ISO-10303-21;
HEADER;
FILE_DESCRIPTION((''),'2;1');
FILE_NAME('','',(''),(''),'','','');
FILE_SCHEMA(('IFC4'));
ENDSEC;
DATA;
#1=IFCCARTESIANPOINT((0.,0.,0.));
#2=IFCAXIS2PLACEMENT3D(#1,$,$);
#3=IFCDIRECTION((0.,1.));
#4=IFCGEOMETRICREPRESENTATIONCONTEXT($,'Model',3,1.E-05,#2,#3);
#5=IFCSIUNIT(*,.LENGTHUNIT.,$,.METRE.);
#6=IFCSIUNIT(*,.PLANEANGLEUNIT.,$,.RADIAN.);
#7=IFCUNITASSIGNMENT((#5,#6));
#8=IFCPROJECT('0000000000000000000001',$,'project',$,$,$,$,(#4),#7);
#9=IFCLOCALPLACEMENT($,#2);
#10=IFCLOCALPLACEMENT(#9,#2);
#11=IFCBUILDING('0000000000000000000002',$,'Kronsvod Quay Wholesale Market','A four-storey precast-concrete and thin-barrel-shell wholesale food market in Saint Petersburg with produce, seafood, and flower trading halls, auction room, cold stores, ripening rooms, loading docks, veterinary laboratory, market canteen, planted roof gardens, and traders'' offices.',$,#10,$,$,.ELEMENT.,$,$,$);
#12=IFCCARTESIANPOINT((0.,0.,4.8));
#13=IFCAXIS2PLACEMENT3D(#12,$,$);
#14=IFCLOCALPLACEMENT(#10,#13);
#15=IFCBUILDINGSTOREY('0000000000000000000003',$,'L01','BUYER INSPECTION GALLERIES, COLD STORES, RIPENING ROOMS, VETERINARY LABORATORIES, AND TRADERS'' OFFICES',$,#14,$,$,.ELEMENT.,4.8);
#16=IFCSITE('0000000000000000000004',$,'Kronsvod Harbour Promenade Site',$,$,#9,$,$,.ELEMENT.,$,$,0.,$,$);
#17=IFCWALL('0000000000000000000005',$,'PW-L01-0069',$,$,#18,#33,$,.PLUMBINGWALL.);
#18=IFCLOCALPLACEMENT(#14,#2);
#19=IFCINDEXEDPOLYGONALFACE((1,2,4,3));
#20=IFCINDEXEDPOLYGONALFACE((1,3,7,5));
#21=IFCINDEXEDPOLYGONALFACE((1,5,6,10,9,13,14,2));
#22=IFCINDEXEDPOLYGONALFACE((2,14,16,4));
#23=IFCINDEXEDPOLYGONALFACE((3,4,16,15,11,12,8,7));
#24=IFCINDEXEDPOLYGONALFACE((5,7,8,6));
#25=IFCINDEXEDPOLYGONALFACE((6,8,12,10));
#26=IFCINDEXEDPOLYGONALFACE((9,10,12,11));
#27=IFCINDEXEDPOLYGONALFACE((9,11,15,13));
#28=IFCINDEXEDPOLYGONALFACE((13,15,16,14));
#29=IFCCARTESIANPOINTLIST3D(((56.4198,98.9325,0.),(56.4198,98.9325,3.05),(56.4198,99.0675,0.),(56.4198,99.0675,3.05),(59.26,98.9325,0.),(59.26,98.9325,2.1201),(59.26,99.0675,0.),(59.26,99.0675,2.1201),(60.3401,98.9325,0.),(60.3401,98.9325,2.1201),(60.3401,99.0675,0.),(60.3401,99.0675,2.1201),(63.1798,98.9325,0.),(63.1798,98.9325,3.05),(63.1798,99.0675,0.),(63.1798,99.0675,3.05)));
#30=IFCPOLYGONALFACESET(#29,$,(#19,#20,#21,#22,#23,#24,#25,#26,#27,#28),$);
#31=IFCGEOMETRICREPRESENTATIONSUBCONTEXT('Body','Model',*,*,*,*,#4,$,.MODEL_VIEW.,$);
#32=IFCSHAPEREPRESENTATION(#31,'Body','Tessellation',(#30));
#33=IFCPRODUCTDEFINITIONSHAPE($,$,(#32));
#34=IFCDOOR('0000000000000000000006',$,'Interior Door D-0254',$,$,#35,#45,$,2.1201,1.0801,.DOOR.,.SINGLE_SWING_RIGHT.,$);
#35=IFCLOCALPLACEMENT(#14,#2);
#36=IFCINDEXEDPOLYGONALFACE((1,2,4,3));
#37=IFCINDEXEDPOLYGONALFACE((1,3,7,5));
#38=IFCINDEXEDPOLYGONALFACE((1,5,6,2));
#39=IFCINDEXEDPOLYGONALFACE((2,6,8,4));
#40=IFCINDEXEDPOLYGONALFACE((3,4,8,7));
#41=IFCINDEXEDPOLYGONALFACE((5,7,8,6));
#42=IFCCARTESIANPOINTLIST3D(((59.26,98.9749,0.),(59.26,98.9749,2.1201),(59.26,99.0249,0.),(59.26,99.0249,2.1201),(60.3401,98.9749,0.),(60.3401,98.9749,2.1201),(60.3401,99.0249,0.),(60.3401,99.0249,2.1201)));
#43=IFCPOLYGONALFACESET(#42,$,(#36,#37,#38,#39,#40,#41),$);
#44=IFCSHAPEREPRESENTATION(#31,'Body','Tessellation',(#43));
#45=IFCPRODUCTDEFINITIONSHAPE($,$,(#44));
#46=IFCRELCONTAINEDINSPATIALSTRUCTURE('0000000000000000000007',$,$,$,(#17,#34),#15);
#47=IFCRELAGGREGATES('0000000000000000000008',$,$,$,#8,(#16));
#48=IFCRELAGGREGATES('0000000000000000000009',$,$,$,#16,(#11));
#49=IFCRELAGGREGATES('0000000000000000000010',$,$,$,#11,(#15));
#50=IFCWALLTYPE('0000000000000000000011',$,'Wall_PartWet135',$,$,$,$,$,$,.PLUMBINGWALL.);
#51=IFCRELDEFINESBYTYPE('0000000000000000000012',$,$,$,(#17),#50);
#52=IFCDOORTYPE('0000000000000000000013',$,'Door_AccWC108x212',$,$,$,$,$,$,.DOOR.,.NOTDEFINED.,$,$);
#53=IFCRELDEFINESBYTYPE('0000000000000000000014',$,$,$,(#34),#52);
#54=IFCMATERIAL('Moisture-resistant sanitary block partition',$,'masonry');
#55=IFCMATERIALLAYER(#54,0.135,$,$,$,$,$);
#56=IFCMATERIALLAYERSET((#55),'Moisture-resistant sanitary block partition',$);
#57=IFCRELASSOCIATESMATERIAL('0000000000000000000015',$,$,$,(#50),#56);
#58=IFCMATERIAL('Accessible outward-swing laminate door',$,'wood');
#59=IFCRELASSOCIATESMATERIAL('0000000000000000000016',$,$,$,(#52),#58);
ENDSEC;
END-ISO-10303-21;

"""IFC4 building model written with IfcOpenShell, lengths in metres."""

from ifc_helpers import new_model, si_unit, direction, frame, frame_2d, origin, place, context, subcontext, project, spatial, rectangle, extrude, material, layer, layer_set, type_object, element, fill, save


model = new_model("IFC4")

# Units and contexts
model_context = context("Model", 3, precision=1e-05, world=origin(), true_north=direction((0.0, 1.0)))
body_context = subcontext(model_context, "Body", "Model", "MODEL_VIEW")
ifc_project = project(units=[si_unit("LENGTHUNIT", "METRE"), si_unit("PLANEANGLEUNIT", "RADIAN")], contexts=[model_context])

# Site, building, storey
site_placement = place(None, origin())
site = spatial("IfcSite", under=ifc_project, at=site_placement, Name="Kronsvod Harbour Promenade Site", CompositionType="ELEMENT", RefElevation=0.0)
building_placement = place(site_placement, origin())
building = spatial("IfcBuilding", under=site, at=building_placement, Name="Kronsvod Quay Wholesale Market", Description="A four-storey precast-concrete and thin-barrel-shell wholesale food market in Saint Petersburg with produce, seafood, and flower trading halls, auction room, cold stores, ripening rooms, loading docks, veterinary laboratory, market canteen, planted roof gardens, and traders' offices.", CompositionType="ELEMENT")
storey_placement = place(building_placement, frame((0.0, 0.0, 4.8)))
storey = spatial("IfcBuildingStorey", under=building, at=storey_placement, Name="L01", Description="BUYER INSPECTION GALLERIES, COLD STORES, RIPENING ROOMS, VETERINARY LABORATORIES, AND TRADERS' OFFICES", CompositionType="ELEMENT", Elevation=4.8)

# Wall, opening, door
ifc_material_1 = material(Name="Moisture-resistant sanitary block partition", Category="masonry")
ifc_layer_1 = layer(ifc_material_1, 0.135)
ifc_layer_set_1 = layer_set([ifc_layer_1], Name="Moisture-resistant sanitary block partition")
wall_type_1 = type_object("IfcWallType", Name="Wall_PartWet135", PredefinedType="PLUMBINGWALL", material=ifc_layer_set_1)
wall_1_placement = place(storey_placement, frame((56.4199, 99.0, 0.0), z_axis=(0.0, 0.0, 1.0), x_axis=(1.0, 0.0, 0.0)))
wall_1 = element("IfcWall", 1, at=wall_1_placement, inside=storey, type_object=wall_type_1, Name="PW-L01-0069", PredefinedType="PLUMBINGWALL", context=body_context, shape_type="SweptSolid", body=[
    extrude(rectangle(XDim=6.76, YDim=0.135, at=frame_2d((3.3799, 0.0))), origin(), (0.0, 0.0, 1.0), 3.05),
])
opening_1_placement = place(wall_1_placement, frame((2.8401, 0.0, 0.0)))
opening_1 = element("IfcOpeningElement", 2, at=opening_1_placement, cuts=wall_1, PredefinedType="OPENING", context=body_context, shape_type="SweptSolid", body=[
    extrude(rectangle(XDim=1.0801, YDim=2.1201, at=frame_2d((0.54, 1.0601))), frame((0.0, 0.0776, 0.0), z_axis=(0.0, -1.0, 0.0), x_axis=(1.0, 0.0, 0.0)), (0.0, 0.0, 1.0), 0.155),
])
ifc_material_2 = material(Name="Accessible outward-swing laminate door", Category="wood")
door_type_1 = type_object("IfcDoorType", Name="Door_AccWC108x212", OperationType="NOTDEFINED", PredefinedType="DOOR", material=ifc_material_2)
door_1_placement = place(opening_1_placement, origin())
door_1 = element("IfcDoor", 3, at=door_1_placement, inside=storey, type_object=door_type_1, Name="Interior Door D-0254", OperationType="SINGLE_SWING_RIGHT", OverallHeight=2.1201, OverallWidth=1.0801, PredefinedType="DOOR", context=body_context, shape_type="SweptSolid", body=[
    extrude(rectangle(XDim=1.0801, YDim=2.1201, at=frame_2d((0.54, 1.0601))), frame((0.0, 0.0249, 0.0), z_axis=(0.0, -1.0, 0.0), x_axis=(1.0, 0.0, 0.0)), (0.0, 0.0, 1.0), 0.05),
])
fill(opening_1, door_1)

save(model, "model.ifc")
